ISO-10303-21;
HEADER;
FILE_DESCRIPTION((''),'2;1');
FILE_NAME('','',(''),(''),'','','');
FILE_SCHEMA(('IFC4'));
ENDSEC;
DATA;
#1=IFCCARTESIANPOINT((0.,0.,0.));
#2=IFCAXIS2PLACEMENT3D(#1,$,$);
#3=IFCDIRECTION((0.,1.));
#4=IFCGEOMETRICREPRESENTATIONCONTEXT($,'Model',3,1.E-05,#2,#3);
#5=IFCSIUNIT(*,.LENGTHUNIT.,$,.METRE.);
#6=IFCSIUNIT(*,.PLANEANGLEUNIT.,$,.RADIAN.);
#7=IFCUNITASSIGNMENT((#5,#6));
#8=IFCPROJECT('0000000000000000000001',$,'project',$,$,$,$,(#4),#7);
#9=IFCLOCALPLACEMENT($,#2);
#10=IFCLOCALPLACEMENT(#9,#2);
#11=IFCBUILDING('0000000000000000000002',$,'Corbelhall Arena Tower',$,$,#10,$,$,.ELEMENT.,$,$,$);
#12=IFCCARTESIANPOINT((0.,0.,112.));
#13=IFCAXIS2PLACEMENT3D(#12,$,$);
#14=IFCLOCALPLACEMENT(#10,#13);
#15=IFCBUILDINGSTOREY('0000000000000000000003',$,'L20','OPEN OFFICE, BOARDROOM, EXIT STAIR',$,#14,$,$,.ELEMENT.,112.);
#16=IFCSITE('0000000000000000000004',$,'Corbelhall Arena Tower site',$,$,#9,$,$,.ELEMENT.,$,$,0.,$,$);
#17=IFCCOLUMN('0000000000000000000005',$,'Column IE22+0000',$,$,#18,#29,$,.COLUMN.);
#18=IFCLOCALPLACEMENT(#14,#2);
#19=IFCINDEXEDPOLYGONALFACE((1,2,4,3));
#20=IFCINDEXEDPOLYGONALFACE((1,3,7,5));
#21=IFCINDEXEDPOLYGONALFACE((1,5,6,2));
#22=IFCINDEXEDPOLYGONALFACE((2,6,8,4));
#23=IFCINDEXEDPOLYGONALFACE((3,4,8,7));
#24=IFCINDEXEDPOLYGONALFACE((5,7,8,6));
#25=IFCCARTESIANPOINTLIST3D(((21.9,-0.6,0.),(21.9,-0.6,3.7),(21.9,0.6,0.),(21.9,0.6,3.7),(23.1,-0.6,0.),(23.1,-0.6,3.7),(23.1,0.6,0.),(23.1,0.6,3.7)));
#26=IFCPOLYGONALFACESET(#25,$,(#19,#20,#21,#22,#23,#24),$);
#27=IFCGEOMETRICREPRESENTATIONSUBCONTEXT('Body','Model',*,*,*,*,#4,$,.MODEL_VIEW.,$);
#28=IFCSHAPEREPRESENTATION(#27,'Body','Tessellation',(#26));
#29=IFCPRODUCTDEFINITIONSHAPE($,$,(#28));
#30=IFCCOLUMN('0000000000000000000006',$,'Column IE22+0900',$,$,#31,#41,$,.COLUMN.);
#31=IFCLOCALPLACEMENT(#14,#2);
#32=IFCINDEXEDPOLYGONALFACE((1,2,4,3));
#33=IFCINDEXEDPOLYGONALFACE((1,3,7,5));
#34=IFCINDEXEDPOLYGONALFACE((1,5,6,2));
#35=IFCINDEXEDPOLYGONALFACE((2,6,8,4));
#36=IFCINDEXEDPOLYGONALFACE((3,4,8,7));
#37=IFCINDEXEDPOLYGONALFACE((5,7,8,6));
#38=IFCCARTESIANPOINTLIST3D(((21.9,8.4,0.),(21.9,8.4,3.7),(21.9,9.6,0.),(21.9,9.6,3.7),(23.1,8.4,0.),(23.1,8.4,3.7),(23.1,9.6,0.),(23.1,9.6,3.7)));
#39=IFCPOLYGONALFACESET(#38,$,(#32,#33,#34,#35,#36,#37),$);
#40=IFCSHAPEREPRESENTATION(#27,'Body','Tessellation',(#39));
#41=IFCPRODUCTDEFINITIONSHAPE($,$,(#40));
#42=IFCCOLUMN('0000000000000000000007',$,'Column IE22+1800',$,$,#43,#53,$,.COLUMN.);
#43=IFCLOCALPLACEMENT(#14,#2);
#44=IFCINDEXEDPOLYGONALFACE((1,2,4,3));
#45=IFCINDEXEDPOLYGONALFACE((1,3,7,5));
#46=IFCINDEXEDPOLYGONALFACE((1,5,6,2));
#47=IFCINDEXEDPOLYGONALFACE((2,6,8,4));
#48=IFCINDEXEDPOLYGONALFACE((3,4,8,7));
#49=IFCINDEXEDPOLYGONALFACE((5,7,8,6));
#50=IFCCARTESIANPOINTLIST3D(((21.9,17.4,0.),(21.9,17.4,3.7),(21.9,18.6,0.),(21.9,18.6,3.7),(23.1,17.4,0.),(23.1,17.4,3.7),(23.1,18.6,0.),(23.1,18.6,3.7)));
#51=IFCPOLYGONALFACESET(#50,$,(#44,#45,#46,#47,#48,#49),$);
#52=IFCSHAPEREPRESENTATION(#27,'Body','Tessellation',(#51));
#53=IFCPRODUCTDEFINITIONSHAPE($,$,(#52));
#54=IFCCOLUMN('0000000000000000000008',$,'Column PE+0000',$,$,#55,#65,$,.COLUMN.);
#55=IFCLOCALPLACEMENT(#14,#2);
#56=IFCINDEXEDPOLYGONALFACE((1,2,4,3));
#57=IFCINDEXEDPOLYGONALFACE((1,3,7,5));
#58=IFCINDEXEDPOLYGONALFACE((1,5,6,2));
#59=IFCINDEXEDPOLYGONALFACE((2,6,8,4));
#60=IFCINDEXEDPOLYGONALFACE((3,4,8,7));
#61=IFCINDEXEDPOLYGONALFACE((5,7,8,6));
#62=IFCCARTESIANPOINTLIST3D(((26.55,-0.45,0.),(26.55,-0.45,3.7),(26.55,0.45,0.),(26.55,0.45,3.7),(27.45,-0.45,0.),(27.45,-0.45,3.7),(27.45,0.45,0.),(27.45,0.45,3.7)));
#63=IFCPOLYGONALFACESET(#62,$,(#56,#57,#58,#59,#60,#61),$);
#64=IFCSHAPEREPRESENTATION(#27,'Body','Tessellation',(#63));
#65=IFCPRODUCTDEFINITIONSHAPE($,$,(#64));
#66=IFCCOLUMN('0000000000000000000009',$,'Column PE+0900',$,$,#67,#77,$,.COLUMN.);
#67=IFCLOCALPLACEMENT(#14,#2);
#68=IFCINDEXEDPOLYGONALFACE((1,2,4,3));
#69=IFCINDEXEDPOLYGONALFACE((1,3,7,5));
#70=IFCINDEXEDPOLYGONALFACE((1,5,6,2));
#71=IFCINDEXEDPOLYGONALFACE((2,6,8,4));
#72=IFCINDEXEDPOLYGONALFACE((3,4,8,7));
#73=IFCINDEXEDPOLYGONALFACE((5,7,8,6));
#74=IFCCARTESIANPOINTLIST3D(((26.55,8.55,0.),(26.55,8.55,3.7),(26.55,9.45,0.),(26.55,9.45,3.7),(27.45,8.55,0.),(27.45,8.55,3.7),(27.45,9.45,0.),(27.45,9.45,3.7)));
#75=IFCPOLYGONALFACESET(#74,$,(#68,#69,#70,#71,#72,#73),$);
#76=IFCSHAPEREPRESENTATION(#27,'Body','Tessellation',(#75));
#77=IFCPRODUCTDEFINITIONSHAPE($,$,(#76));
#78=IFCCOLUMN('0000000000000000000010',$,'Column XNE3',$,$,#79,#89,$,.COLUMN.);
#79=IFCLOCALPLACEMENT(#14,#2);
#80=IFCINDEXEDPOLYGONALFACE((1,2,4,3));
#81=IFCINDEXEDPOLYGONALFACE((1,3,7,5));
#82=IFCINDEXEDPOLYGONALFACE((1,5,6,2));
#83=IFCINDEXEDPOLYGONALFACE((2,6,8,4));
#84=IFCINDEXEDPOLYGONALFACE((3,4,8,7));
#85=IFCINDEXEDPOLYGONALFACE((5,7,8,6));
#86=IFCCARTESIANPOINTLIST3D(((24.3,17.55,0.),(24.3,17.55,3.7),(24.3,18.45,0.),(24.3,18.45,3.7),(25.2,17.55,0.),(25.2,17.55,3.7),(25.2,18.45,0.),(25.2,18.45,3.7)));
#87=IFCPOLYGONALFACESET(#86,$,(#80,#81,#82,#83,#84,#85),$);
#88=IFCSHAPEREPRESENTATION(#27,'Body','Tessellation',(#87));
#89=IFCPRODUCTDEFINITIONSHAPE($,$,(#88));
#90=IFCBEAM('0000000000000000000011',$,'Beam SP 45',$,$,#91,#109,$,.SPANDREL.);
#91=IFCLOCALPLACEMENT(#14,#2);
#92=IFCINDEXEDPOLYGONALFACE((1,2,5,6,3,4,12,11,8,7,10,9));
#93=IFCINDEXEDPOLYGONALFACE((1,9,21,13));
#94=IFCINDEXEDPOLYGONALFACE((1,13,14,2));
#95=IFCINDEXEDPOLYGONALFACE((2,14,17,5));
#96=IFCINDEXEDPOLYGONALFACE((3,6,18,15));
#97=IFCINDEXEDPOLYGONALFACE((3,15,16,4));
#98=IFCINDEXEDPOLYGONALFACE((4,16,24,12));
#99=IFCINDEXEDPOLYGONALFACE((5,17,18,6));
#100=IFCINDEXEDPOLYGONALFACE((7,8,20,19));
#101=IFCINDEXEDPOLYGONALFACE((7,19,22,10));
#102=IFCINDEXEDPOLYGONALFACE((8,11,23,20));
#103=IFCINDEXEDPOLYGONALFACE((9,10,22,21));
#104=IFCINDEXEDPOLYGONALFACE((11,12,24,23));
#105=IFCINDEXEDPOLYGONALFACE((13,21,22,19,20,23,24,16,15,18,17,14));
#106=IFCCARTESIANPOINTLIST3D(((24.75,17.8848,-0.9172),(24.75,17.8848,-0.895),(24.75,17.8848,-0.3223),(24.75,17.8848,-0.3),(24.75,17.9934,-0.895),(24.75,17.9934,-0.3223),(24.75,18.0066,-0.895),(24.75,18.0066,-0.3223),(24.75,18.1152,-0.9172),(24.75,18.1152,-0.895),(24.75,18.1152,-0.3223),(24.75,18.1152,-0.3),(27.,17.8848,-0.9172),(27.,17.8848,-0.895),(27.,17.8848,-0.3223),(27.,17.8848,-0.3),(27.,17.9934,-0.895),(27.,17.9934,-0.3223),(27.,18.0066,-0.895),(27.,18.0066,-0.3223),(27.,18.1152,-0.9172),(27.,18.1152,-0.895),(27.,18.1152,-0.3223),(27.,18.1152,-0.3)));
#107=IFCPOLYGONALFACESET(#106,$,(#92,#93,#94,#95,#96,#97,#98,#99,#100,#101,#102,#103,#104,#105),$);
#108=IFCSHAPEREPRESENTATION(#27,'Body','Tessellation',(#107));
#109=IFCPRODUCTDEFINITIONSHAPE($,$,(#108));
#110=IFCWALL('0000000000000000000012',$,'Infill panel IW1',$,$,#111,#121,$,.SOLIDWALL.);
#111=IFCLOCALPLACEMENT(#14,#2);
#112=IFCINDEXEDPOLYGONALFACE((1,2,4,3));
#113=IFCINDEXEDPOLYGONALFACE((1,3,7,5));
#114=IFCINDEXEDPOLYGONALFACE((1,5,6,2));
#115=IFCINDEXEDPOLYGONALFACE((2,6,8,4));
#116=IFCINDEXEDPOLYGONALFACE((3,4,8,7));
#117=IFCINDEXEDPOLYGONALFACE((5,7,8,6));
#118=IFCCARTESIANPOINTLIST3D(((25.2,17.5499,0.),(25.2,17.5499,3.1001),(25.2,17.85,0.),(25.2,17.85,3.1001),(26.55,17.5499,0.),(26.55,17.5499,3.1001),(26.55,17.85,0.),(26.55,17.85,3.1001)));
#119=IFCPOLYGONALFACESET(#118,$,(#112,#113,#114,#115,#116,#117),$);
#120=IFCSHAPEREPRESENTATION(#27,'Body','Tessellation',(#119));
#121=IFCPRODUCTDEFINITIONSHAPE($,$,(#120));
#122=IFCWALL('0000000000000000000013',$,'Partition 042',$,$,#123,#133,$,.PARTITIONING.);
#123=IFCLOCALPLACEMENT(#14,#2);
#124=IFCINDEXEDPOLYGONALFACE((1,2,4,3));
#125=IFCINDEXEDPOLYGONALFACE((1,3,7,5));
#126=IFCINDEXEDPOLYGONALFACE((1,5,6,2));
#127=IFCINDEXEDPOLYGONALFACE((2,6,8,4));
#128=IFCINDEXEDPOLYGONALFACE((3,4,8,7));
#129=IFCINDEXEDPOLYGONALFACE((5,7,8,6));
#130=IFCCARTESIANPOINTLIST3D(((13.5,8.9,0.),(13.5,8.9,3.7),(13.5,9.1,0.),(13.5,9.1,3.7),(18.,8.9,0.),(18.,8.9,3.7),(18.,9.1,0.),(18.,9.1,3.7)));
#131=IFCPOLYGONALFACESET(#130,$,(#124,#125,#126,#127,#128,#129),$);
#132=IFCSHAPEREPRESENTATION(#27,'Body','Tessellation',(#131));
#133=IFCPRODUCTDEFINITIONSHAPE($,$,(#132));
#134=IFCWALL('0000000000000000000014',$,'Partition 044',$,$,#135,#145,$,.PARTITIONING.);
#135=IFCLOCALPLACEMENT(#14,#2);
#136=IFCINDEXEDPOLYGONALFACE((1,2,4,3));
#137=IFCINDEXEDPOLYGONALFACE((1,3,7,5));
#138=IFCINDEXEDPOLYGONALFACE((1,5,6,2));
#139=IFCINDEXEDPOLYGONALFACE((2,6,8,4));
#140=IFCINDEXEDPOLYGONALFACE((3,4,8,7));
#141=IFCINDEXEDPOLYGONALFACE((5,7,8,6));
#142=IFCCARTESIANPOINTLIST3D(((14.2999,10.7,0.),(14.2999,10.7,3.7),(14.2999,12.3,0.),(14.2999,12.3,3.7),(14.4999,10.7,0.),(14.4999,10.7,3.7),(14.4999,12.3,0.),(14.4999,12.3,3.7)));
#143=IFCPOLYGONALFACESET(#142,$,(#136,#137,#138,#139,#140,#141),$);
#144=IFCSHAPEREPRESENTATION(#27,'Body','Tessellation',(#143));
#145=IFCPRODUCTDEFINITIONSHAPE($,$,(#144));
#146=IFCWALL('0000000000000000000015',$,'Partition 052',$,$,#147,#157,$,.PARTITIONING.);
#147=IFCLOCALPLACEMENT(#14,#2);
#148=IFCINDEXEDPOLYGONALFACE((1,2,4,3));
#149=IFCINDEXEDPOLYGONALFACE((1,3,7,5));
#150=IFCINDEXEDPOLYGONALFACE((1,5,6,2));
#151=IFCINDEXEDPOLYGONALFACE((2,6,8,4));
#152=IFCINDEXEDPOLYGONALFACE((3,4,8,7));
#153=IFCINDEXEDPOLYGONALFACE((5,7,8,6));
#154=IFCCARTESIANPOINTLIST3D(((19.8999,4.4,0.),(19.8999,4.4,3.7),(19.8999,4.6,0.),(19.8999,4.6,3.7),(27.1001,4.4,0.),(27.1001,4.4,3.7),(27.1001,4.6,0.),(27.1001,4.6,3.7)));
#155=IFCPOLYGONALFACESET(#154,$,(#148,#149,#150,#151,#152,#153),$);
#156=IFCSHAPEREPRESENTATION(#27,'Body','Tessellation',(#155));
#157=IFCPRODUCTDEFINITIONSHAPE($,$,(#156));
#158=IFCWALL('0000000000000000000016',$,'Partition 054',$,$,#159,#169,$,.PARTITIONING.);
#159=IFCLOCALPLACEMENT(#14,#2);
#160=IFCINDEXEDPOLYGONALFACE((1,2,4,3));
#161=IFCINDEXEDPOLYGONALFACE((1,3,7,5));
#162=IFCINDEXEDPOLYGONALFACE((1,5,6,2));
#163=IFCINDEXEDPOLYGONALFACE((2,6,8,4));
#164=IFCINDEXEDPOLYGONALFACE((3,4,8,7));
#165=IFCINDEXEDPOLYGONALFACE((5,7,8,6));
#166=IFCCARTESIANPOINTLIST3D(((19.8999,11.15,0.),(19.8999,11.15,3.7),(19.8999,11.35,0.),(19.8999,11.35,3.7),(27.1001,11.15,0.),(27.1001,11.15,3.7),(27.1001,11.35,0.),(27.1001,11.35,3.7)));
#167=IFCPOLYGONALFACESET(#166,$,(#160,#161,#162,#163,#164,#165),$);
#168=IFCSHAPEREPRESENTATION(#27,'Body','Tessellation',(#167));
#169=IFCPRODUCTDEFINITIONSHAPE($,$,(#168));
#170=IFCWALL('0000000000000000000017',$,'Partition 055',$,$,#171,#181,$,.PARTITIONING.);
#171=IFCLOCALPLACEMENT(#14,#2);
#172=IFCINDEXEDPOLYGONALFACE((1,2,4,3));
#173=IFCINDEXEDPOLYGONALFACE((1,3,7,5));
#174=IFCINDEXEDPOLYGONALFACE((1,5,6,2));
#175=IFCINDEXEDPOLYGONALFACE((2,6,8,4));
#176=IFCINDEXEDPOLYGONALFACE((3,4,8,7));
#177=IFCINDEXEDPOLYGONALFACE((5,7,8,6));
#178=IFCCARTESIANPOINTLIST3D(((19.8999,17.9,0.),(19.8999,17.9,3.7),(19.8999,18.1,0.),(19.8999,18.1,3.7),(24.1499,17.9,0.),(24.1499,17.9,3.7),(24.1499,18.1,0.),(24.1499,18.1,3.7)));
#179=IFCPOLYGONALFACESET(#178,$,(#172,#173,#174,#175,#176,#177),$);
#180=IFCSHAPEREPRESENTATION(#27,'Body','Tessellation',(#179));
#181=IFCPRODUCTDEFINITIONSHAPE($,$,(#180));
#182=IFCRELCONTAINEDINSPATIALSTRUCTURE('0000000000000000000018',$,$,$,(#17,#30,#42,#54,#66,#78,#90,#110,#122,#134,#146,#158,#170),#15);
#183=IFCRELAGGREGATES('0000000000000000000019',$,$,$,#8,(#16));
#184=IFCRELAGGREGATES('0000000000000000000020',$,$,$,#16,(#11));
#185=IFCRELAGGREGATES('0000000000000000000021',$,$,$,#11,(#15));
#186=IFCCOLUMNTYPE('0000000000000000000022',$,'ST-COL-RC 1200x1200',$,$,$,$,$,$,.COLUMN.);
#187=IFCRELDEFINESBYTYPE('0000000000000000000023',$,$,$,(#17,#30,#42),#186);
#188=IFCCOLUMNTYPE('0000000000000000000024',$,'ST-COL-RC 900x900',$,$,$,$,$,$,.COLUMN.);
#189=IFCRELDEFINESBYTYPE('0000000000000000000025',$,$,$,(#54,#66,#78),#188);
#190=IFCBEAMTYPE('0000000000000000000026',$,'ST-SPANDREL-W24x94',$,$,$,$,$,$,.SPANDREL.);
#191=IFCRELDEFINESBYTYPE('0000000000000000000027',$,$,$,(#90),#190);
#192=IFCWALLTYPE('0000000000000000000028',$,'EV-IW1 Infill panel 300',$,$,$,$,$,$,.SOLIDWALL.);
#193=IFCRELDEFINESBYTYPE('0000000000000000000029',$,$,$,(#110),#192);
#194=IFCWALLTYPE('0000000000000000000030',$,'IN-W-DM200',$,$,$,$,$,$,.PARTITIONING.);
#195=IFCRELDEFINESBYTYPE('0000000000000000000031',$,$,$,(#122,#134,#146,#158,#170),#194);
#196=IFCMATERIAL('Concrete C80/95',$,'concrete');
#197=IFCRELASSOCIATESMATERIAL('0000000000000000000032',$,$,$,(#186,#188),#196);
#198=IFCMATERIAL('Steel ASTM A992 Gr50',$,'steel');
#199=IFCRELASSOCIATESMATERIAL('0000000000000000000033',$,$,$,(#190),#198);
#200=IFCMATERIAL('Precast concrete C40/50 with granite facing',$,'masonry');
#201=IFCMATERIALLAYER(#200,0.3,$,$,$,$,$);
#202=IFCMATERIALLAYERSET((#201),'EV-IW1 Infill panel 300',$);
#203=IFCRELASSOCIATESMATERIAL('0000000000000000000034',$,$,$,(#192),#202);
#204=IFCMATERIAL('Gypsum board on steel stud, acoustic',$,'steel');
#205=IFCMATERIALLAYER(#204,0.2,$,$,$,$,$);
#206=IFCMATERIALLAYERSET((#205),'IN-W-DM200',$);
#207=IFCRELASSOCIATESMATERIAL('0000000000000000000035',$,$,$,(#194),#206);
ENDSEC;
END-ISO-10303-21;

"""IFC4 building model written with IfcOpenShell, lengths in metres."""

from ifc_helpers import new_model, si_unit, direction, frame, frame_2d, origin, origin_2d, place, context, subcontext, project, spatial, rectangle, i_section, extrude, material, layer, layer_set, material_profile, profile_set, type_object, element, save


model = new_model("IFC4")

# Units and contexts
model_context = context("Model", 3, precision=1e-05, world=origin(), true_north=direction((0.0, 1.0)))
body_context = subcontext(model_context, "Body", "Model", "MODEL_VIEW")
ifc_project = project(units=[si_unit("LENGTHUNIT", "METRE"), si_unit("PLANEANGLEUNIT", "RADIAN")], contexts=[model_context])

# Site, building, storey
site_placement = place(None, origin())
site = spatial("IfcSite", under=ifc_project, at=site_placement, Name="Corbelhall Arena Tower site", CompositionType="ELEMENT", RefElevation=0.0)
building_placement = place(site_placement, origin())
building = spatial("IfcBuilding", under=site, at=building_placement, Name="Corbelhall Arena Tower", CompositionType="ELEMENT")
storey_placement = place(building_placement, frame((0.0, 0.0, 112.0)))
storey = spatial("IfcBuildingStorey", under=building, at=storey_placement, Name="L20", Description="OPEN OFFICE, BOARDROOM, EXIT STAIR", CompositionType="ELEMENT", Elevation=112.0)

# Columns
ifc_material_1 = material(Name="Concrete C80/95", Category="concrete")
ifc_material_profile_1 = material_profile(ifc_material_1, rectangle(XDim=1.2, YDim=1.2, at=origin_2d()))
ifc_profile_set_1 = profile_set([ifc_material_profile_1], Name="Concrete C80/95")
column_type_1 = type_object("IfcColumnType", Name="ST-COL-RC 1200x1200", PredefinedType="COLUMN", material=ifc_profile_set_1)
for number, where, z_axis, x_axis, name in (
    (1, (22.5, 0.0, 0.0), (0.0, 0.0, 1.0), (1.0, 0.0, 0.0), "Column IE22+0000"),
    (2, (22.5, 9.0, 0.0), (0.0, 0.0, 1.0), (1.0, 0.0, 0.0), "Column IE22+0900"),
    (3, (22.5, 18.0, 0.0), (0.0, 0.0, 1.0), (1.0, 0.0, 0.0), "Column IE22+1800"),
):
    element("IfcColumn", number, at=place(storey_placement, frame(where, z_axis=z_axis, x_axis=x_axis)), inside=storey, type_object=column_type_1, Name=name, PredefinedType="COLUMN", context=body_context, shape_type="SweptSolid", body=[
        extrude(rectangle(XDim=1.2, YDim=1.2, at=origin_2d()), origin(), (0.0, 0.0, 1.0), 3.7),
    ])
ifc_material_profile_2 = material_profile(ifc_material_1, rectangle(XDim=0.8999, YDim=0.8999, at=origin_2d()))
ifc_profile_set_2 = profile_set([ifc_material_profile_2], Name="Concrete C80/95")
column_type_2 = type_object("IfcColumnType", Name="ST-COL-RC 900x900", PredefinedType="COLUMN", material=ifc_profile_set_2)
for number, where, z_axis, x_axis, name in (
    (4, (27.0, 0.0, 0.0), (0.0, 0.0, 1.0), (1.0, 0.0, 0.0), "Column PE+0000"),
    (5, (27.0, 9.0, 0.0), (0.0, 0.0, 1.0), (1.0, 0.0, 0.0), "Column PE+0900"),
    (6, (24.75, 18.0, 0.0), (0.0, 0.0, 1.0), (1.0, 0.0, 0.0), "Column XNE3"),
):
    element("IfcColumn", number, at=place(storey_placement, frame(where, z_axis=z_axis, x_axis=x_axis)), inside=storey, type_object=column_type_2, Name=name, PredefinedType="COLUMN", context=body_context, shape_type="SweptSolid", body=[
        extrude(rectangle(XDim=0.8999, YDim=0.8999, at=origin_2d()), origin(), (0.0, 0.0, 1.0), 3.7),
    ])

# Beam
ifc_material_2 = material(Name="Steel ASTM A992 Gr50", Category="steel")
ifc_material_profile_3 = material_profile(ifc_material_2, i_section(OverallWidth=0.2305, OverallDepth=0.6172, WebThickness=0.0132, FlangeThickness=0.0222, at=origin_2d()))
ifc_profile_set_3 = profile_set([ifc_material_profile_3], Name="Steel ASTM A992 Gr50")
beam_type = type_object("IfcBeamType", Name="ST-SPANDREL-W24x94", PredefinedType="SPANDREL", material=ifc_profile_set_3)
beam_placement = place(storey_placement, frame((24.75, 18.0, -0.6086), z_axis=(1.0, 0.0, 0.0), x_axis=(0.0, 1.0, 0.0)))
element("IfcBeam", 7, at=beam_placement, inside=storey, type_object=beam_type, Name="Beam SP 45", PredefinedType="SPANDREL", context=body_context, shape_type="SweptSolid", body=[
    extrude(i_section(OverallWidth=0.2305, OverallDepth=0.6172, WebThickness=0.0132, FlangeThickness=0.0222, at=origin_2d()), origin(), (0.0, 0.0, 1.0), 2.25),
])

# Walls
ifc_material_3 = material(Name="Precast concrete C40/50 with granite facing", Category="masonry")
ifc_layer_1 = layer(ifc_material_3, 0.3)
ifc_layer_set_1 = layer_set([ifc_layer_1], Name="EV-IW1 Infill panel 300")
wall_type_1 = type_object("IfcWallType", Name="EV-IW1 Infill panel 300", PredefinedType="SOLIDWALL", material=ifc_layer_set_1)
wall_1_placement = place(storey_placement, frame((26.55, 17.7, 0.0), z_axis=(0.0, 0.0, 1.0), x_axis=(-1.0, 0.0, 0.0)))
element("IfcWall", 8, at=wall_1_placement, inside=storey, type_object=wall_type_1, Name="Infill panel IW1", PredefinedType="SOLIDWALL", context=body_context, shape_type="SweptSolid", body=[
    extrude(rectangle(XDim=1.3501, YDim=0.3, at=frame_2d((0.675, 0.0))), origin(), (0.0, 0.0, 1.0), 3.1001),
])
ifc_material_4 = material(Name="Gypsum board on steel stud, acoustic", Category="steel")
ifc_layer_2 = layer(ifc_material_4, 0.2)
ifc_layer_set_2 = layer_set([ifc_layer_2], Name="IN-W-DM200")
wall_type_2 = type_object("IfcWallType", Name="IN-W-DM200", PredefinedType="PARTITIONING", material=ifc_layer_set_2)
wall_2_placement = place(storey_placement, frame((18.0, 9.0, 0.0), z_axis=(0.0, 0.0, 1.0), x_axis=(-1.0, 0.0, 0.0)))
element("IfcWall", 9, at=wall_2_placement, inside=storey, type_object=wall_type_2, Name="Partition 042", PredefinedType="PARTITIONING", context=body_context, shape_type="SweptSolid", body=[
    extrude(rectangle(XDim=4.5, YDim=0.2, at=frame_2d((2.25, 0.0))), origin(), (0.0, 0.0, 1.0), 3.7),
])
wall_3_placement = place(storey_placement, frame((14.3999, 12.3, 0.0), z_axis=(0.0, 0.0, 1.0), x_axis=(0.0, -1.0, 0.0)))
element("IfcWall", 10, at=wall_3_placement, inside=storey, type_object=wall_type_2, Name="Partition 044", PredefinedType="PARTITIONING", context=body_context, shape_type="SweptSolid", body=[
    extrude(rectangle(XDim=1.6001, YDim=0.2, at=frame_2d((0.8, 0.0))), origin(), (0.0, 0.0, 1.0), 3.7),
])

# Walls
for number, where, z_axis, x_axis, name in (
    (11, (19.8999, 4.5, 0.0), (0.0, 0.0, 1.0), (1.0, 0.0, 0.0), "Partition 052"),
    (12, (19.8999, 11.25, 0.0), (0.0, 0.0, 1.0), (1.0, 0.0, 0.0), "Partition 054"),
):
    element("IfcWall", number, at=place(storey_placement, frame(where, z_axis=z_axis, x_axis=x_axis)), inside=storey, type_object=wall_type_2, Name=name, PredefinedType="PARTITIONING", context=body_context, shape_type="SweptSolid", body=[
        extrude(rectangle(XDim=7.2002, YDim=0.2, at=frame_2d((3.6001, 0.0))), origin(), (0.0, 0.0, 1.0), 3.7),
    ])
wall_4_placement = place(storey_placement, frame((19.8999, 18.0, 0.0), z_axis=(0.0, 0.0, 1.0), x_axis=(1.0, 0.0, 0.0)))
element("IfcWall", 13, at=wall_4_placement, inside=storey, type_object=wall_type_2, Name="Partition 055", PredefinedType="PARTITIONING", context=body_context, shape_type="SweptSolid", body=[
    extrude(rectangle(XDim=4.25, YDim=0.2, at=frame_2d((2.125, 0.0))), origin(), (0.0, 0.0, 1.0), 3.7),
])

save(model, "model.ifc")
